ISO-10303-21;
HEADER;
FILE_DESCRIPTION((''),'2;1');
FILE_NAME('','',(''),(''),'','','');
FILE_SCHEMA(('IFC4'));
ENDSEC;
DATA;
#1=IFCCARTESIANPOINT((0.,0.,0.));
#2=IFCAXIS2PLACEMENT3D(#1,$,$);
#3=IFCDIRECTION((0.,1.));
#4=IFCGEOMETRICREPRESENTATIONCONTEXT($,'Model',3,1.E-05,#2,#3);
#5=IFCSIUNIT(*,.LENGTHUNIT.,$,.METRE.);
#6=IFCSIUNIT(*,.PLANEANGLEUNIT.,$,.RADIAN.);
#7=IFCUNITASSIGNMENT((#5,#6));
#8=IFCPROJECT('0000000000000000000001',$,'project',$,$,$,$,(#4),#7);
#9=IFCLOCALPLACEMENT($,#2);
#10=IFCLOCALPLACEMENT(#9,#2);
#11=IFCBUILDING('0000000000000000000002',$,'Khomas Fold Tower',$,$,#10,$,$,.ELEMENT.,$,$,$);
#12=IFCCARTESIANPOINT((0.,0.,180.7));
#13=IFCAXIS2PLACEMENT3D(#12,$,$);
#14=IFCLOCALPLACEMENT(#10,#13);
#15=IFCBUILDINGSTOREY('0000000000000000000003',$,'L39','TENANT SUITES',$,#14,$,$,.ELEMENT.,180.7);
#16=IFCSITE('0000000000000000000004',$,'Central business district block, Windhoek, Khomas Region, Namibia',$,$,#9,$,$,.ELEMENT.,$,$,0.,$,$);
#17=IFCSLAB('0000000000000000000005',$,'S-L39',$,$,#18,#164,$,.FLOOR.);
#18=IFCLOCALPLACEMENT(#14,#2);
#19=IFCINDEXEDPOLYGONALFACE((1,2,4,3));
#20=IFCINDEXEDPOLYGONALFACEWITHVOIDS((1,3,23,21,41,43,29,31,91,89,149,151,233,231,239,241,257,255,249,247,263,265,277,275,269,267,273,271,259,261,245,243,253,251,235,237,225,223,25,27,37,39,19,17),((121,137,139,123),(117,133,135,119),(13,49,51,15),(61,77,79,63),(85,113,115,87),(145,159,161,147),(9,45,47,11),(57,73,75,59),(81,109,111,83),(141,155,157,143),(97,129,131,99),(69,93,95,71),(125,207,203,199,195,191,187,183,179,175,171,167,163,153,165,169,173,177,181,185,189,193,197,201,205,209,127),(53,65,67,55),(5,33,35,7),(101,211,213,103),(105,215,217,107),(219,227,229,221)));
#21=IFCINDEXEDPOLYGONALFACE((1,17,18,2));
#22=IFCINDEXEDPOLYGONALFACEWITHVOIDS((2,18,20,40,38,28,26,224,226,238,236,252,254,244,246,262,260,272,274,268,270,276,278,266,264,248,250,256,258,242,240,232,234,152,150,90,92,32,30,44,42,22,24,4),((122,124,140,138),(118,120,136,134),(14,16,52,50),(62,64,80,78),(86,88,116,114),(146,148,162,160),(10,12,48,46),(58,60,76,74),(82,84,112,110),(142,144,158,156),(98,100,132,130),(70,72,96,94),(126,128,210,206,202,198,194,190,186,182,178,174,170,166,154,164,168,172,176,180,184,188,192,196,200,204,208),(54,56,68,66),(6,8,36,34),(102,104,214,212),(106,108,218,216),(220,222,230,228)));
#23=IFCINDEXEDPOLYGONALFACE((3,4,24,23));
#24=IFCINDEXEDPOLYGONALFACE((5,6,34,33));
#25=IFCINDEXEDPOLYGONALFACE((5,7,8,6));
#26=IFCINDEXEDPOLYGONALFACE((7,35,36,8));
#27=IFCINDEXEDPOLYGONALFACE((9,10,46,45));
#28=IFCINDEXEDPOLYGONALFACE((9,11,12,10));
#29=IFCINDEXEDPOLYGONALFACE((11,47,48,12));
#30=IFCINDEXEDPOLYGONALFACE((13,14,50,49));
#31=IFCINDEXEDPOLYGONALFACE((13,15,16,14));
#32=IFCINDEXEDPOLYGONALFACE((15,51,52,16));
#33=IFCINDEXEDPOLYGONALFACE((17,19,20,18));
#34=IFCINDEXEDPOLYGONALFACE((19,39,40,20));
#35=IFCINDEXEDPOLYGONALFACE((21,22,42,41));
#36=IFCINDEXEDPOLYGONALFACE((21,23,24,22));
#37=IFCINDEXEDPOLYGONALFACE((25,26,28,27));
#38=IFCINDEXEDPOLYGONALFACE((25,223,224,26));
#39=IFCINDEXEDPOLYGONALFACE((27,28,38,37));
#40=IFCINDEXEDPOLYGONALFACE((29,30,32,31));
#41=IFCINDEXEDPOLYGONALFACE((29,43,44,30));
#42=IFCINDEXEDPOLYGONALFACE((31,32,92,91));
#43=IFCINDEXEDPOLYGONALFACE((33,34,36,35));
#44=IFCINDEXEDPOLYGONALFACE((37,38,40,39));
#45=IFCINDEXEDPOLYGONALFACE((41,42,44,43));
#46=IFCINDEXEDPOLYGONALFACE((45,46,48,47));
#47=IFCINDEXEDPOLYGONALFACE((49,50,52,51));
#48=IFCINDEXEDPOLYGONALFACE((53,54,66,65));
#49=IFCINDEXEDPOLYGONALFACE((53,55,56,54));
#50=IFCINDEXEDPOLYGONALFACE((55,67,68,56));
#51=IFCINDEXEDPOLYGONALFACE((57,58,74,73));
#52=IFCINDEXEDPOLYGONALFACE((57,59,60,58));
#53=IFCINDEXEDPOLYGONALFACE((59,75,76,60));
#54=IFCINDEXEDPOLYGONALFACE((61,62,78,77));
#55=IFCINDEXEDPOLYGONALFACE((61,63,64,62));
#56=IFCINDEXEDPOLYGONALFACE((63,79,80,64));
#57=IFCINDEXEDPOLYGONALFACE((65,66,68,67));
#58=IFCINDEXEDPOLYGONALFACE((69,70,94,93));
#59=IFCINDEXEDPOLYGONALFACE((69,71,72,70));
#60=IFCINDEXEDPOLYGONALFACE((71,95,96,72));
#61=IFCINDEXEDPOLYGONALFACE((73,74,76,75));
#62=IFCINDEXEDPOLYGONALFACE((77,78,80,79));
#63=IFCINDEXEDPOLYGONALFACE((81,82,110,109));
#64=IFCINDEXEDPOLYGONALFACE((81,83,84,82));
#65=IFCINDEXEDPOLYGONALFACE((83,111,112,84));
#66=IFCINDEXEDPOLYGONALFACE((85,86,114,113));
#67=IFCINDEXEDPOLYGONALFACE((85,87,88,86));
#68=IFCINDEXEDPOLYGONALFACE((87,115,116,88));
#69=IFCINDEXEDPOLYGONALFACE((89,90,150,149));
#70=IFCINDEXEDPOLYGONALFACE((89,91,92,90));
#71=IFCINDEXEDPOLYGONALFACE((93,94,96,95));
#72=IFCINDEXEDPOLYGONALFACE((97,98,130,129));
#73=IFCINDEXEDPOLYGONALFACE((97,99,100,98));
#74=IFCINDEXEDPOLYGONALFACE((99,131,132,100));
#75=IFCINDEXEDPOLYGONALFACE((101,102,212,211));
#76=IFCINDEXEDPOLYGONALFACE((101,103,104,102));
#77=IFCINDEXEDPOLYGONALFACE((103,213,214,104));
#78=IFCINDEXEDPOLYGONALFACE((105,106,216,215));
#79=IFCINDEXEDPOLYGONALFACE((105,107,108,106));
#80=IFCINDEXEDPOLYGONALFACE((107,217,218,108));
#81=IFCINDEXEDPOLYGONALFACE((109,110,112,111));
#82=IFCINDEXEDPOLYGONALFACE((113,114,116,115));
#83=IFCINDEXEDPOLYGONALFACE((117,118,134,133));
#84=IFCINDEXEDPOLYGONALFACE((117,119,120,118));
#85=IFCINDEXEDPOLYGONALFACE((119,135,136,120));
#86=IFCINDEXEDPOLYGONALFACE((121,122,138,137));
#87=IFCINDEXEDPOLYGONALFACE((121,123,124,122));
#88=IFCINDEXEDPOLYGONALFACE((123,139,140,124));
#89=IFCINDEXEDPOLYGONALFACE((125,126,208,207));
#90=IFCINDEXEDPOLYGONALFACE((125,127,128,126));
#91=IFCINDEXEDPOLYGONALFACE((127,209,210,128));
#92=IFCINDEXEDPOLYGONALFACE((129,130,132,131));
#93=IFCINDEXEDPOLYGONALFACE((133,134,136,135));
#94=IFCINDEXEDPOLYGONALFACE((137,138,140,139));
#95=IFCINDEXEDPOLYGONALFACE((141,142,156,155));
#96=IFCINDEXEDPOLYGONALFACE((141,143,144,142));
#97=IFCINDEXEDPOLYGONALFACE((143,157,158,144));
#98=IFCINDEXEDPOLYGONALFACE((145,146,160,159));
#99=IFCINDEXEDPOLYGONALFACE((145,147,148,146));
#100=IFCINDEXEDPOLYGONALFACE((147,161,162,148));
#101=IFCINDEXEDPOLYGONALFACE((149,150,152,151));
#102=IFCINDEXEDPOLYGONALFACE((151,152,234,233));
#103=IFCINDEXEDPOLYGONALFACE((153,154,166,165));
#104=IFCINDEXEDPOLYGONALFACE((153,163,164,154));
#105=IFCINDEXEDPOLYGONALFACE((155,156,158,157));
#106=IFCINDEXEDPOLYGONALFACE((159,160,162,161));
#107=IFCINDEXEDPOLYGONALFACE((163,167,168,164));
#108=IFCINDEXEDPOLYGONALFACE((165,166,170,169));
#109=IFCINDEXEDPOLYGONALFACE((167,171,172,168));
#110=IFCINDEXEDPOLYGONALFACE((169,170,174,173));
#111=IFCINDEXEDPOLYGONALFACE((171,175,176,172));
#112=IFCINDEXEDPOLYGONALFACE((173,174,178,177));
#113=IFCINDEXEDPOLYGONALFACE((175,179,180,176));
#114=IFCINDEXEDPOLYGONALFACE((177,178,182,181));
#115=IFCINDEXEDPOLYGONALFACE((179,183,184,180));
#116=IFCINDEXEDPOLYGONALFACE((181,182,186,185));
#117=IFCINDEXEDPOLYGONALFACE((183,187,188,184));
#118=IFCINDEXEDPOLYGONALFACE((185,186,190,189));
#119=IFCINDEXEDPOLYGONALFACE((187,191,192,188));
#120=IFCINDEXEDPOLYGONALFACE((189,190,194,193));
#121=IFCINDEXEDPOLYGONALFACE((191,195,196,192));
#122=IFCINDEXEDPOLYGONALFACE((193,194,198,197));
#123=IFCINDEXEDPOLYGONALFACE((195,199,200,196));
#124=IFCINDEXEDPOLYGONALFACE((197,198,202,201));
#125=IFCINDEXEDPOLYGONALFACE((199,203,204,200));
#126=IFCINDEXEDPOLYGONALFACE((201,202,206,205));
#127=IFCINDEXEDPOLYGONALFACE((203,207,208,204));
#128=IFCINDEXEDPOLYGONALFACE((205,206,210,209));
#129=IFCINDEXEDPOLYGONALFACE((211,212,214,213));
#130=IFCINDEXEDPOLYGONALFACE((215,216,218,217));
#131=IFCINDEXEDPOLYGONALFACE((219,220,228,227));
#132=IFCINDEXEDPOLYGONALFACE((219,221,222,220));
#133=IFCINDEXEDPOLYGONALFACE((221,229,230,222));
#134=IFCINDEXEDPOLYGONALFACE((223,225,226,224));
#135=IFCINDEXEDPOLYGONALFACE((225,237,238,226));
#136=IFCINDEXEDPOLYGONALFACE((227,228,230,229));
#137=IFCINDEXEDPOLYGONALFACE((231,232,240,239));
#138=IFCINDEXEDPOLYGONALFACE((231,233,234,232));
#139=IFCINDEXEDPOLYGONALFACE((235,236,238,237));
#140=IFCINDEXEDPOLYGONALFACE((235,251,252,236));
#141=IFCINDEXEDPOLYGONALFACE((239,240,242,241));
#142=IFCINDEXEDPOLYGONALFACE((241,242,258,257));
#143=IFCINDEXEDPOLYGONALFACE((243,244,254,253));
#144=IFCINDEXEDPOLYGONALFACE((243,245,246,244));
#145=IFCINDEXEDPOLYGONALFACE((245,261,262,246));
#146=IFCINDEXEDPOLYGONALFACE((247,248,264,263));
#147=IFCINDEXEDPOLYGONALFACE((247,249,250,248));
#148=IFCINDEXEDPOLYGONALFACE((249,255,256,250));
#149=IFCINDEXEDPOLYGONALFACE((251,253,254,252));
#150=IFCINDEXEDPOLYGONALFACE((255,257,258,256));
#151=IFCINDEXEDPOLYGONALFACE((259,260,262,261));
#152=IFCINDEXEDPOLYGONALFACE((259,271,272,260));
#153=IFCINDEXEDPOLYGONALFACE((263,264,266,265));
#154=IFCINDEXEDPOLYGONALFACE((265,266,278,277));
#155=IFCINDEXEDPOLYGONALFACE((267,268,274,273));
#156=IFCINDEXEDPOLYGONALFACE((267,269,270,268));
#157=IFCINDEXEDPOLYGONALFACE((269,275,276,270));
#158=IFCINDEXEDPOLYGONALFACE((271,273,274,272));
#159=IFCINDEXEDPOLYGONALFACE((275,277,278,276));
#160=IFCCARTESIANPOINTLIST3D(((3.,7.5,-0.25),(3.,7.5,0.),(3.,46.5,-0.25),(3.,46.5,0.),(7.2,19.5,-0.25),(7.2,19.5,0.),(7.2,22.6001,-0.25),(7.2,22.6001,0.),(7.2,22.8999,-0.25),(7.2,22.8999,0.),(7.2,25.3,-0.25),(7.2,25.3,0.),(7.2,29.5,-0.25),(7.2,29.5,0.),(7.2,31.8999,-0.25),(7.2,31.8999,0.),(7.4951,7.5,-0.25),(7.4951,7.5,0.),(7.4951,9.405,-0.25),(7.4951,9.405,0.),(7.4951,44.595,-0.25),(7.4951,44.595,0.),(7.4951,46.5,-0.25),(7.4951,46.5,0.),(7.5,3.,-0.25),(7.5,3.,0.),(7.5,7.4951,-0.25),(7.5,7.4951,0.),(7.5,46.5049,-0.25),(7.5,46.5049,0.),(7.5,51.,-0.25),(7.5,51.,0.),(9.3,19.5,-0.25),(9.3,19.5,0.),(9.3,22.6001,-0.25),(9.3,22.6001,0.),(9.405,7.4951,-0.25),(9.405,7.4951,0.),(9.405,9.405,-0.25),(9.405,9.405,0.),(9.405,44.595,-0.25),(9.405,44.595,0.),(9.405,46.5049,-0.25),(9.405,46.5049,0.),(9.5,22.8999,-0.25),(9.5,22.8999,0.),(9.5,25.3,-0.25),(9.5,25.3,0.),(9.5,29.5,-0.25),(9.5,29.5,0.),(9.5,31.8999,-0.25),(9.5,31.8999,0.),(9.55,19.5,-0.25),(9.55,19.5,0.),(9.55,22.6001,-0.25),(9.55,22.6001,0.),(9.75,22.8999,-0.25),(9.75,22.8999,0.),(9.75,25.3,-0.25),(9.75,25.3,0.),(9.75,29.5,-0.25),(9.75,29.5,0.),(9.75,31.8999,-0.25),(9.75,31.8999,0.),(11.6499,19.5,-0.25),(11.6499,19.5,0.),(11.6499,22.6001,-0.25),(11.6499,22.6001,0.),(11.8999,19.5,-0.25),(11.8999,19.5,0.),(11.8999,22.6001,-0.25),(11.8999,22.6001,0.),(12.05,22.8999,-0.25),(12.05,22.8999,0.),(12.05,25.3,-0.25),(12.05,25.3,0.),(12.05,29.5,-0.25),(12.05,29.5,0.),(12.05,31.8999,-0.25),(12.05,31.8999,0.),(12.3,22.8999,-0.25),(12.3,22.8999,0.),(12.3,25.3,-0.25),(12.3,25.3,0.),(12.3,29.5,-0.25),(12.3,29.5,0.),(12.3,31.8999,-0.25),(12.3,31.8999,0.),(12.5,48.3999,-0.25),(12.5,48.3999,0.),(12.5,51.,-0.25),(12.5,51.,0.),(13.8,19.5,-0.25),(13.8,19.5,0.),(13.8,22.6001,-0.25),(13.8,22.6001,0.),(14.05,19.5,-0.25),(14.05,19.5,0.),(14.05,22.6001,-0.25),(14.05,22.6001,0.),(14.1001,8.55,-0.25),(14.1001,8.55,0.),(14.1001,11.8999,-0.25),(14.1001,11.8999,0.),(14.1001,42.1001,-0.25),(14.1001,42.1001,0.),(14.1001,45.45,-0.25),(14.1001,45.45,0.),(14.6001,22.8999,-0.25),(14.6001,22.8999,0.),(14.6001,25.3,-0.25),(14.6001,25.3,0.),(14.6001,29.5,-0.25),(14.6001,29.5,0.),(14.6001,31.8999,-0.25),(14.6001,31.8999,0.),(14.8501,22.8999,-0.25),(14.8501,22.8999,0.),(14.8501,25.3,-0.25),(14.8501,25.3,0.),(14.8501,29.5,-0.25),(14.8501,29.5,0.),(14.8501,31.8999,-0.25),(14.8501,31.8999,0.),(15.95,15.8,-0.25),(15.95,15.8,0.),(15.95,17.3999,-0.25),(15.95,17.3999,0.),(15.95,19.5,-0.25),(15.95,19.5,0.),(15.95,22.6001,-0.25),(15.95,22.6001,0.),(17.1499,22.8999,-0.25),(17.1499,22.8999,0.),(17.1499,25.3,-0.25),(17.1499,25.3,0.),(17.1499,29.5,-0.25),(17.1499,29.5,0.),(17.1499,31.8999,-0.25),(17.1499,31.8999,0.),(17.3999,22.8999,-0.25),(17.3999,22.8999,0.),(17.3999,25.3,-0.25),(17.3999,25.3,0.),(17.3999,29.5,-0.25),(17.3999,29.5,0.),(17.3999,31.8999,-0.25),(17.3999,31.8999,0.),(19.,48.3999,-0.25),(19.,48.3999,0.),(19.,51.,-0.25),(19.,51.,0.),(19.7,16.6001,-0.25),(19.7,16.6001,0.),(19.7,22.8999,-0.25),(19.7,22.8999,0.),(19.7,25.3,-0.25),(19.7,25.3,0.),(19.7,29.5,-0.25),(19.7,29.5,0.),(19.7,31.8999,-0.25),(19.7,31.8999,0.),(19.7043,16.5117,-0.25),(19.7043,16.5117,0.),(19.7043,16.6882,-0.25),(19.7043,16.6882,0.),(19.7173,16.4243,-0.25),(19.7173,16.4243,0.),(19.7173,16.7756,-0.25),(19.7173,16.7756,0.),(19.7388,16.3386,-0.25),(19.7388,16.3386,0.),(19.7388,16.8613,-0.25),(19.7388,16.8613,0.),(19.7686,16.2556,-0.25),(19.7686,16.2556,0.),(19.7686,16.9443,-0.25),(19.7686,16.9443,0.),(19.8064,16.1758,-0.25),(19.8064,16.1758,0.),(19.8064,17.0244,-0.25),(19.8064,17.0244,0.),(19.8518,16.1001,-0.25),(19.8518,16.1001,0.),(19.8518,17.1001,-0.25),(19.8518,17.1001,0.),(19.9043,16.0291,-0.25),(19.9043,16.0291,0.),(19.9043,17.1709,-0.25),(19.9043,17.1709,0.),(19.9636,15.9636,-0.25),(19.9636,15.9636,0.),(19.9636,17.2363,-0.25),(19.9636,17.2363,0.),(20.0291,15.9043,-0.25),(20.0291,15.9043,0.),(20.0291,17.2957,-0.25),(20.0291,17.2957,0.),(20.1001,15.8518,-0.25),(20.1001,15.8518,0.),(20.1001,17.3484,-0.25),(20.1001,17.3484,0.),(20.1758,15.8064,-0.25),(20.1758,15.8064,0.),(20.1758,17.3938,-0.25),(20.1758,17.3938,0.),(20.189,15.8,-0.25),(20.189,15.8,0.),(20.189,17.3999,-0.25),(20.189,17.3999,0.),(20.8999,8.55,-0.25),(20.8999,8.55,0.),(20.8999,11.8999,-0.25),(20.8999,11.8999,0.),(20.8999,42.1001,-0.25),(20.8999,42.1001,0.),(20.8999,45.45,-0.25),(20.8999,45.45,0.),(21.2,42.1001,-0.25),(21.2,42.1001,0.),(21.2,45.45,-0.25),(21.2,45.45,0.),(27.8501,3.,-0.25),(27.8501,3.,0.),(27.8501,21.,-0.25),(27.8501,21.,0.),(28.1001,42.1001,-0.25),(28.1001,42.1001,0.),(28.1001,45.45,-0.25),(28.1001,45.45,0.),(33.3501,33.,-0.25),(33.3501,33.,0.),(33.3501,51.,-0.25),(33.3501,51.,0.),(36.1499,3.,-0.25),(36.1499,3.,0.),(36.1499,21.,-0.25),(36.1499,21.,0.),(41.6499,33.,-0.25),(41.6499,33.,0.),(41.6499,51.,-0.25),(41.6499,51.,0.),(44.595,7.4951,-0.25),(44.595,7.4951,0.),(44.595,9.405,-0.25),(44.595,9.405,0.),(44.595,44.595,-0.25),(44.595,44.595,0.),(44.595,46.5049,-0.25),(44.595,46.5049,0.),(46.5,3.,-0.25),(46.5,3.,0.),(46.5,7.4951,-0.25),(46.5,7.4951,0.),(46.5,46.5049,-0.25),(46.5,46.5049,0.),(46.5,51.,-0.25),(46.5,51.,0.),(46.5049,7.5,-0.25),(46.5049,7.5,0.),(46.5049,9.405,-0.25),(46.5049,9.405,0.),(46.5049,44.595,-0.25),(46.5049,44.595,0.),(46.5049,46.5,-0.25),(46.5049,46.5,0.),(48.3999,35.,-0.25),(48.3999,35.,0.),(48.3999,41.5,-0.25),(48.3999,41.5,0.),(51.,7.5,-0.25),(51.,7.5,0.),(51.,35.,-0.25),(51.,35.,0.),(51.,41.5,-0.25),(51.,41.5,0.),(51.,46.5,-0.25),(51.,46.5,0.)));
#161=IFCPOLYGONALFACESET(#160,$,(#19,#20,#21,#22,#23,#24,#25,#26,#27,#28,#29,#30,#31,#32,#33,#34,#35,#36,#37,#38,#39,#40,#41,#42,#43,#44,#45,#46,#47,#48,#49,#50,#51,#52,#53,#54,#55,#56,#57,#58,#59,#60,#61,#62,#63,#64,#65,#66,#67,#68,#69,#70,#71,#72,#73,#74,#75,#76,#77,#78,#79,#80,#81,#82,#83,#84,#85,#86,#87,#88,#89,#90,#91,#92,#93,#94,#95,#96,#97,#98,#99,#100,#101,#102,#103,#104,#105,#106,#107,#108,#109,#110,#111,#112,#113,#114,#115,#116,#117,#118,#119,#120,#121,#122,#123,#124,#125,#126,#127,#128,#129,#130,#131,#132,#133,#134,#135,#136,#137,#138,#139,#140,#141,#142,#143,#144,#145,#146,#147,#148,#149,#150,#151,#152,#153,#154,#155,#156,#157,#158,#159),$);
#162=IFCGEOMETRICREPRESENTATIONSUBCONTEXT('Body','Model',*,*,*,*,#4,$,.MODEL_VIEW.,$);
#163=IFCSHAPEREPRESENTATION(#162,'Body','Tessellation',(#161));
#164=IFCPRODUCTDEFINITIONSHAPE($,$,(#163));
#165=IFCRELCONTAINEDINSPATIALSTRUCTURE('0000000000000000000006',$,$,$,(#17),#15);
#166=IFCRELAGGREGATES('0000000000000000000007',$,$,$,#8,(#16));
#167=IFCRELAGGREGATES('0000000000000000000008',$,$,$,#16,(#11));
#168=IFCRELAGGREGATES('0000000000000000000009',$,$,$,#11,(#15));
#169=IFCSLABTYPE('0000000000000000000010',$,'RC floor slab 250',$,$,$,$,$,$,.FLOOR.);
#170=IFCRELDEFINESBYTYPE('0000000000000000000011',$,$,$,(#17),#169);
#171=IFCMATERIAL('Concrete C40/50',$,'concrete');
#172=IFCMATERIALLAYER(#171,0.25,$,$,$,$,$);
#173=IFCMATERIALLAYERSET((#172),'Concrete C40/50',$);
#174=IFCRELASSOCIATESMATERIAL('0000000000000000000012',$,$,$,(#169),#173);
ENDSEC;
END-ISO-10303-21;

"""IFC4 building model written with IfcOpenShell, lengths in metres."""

from ifc_helpers import new_model, si_unit, direction, frame, origin, place, context, subcontext, project, spatial, polyline, outline, extrude, source, transform, mapped, material, layer, layer_set, type_object, element, save


model = new_model("IFC4")

# Units and contexts
model_context = context("Model", 3, precision=1e-05, world=origin(), true_north=direction((0.0, 1.0)))
body_context = subcontext(model_context, "Body", "Model", "MODEL_VIEW")
ifc_project = project(units=[si_unit("LENGTHUNIT", "METRE"), si_unit("PLANEANGLEUNIT", "RADIAN")], contexts=[model_context])

# Site, building, storey
site_placement = place(None, origin())
site = spatial("IfcSite", under=ifc_project, at=site_placement, Name="Central business district block, Windhoek, Khomas Region, Namibia", CompositionType="ELEMENT", RefElevation=0.0)
building_placement = place(site_placement, origin())
building = spatial("IfcBuilding", under=site, at=building_placement, Name="Khomas Fold Tower", CompositionType="ELEMENT")
storey_placement = place(building_placement, frame((0.0, 0.0, 180.7)))
storey = spatial("IfcBuildingStorey", under=building, at=storey_placement, Name="L39", Description="TENANT SUITES", CompositionType="ELEMENT", Elevation=180.7)

# Slab
ifc_material_1 = material(Name="Concrete C40/50", Category="concrete")
ifc_layer_1 = layer(ifc_material_1, 0.25)
ifc_layer_set_1 = layer_set([ifc_layer_1], Name="Concrete C40/50")
slab_type_1 = type_object("IfcSlabType", Name="RC floor slab 250", PredefinedType="FLOOR", material=ifc_layer_set_1)
shared_shape_1 = source(origin(), body_context, "Body", "SweptSolid", [
    extrude(outline(polyline([(3.0, 7.5), (7.4951, 7.5), (7.4951, 9.405), (9.405, 9.405), (9.405, 7.4951), (7.5, 7.4951), (7.5, 3.0), (27.8501, 3.0), (27.8501, 21.0), (36.1499, 21.0), (36.1499, 3.0), (46.5, 3.0), (46.5, 7.4951), (44.595, 7.4951), (44.595, 9.405), (46.5049, 9.405), (46.5049, 7.5), (51.0, 7.5), (51.0, 35.0), (48.3999, 35.0), (48.3999, 41.5), (51.0, 41.5), (51.0, 46.5), (46.5049, 46.5), (46.5049, 44.595), (44.595, 44.595), (44.595, 46.5049), (46.5, 46.5049), (46.5, 51.0), (41.6499, 51.0), (41.6499, 33.0), (33.3501, 33.0), (33.3501, 51.0), (19.0, 51.0), (19.0, 48.3999), (12.5, 48.3999), (12.5, 51.0), (7.5, 51.0), (7.5, 46.5049), (9.405, 46.5049), (9.405, 44.595), (7.4951, 44.595), (7.4951, 46.5), (3.0, 46.5), (3.0, 7.5)]), holes=[polyline([(7.2, 19.5), (7.2, 22.6001), (9.3, 22.6001), (9.3, 19.5), (7.2, 19.5)]), polyline([(7.2, 22.8999), (7.2, 25.3), (9.5, 25.3), (9.5, 22.8999), (7.2, 22.8999)]), polyline([(7.2, 29.5), (7.2, 31.8999), (9.5, 31.8999), (9.5, 29.5), (7.2, 29.5)]), polyline([(9.55, 19.5), (9.55, 22.6001), (11.6499, 22.6001), (11.6499, 19.5), (9.55, 19.5)]), polyline([(9.75, 22.8999), (9.75, 25.3), (12.05, 25.3), (12.05, 22.8999), (9.75, 22.8999)]), polyline([(9.75, 29.5), (9.75, 31.8999), (12.05, 31.8999), (12.05, 29.5), (9.75, 29.5)]), polyline([(11.8999, 19.5), (11.8999, 22.6001), (13.8, 22.6001), (13.8, 19.5), (11.8999, 19.5)]), polyline([(12.3, 22.8999), (12.3, 25.3), (14.6001, 25.3), (14.6001, 22.8999), (12.3, 22.8999)]), polyline([(12.3, 29.5), (12.3, 31.8999), (14.6001, 31.8999), (14.6001, 29.5), (12.3, 29.5)]), polyline([(14.05, 19.5), (14.05, 22.6001), (15.95, 22.6001), (15.95, 19.5), (14.05, 19.5)]), polyline([(14.1001, 8.55), (14.1001, 11.8999), (20.8999, 11.8999), (20.8999, 8.55), (14.1001, 8.55)]), polyline([(14.1001, 42.1001), (14.1001, 45.45), (20.8999, 45.45), (20.8999, 42.1001), (14.1001, 42.1001)]), polyline([(14.8501, 22.8999), (14.8501, 25.3), (17.1499, 25.3), (17.1499, 22.8999), (14.8501, 22.8999)]), polyline([(14.8501, 29.5), (14.8501, 31.8999), (17.1499, 31.8999), (17.1499, 29.5), (14.8501, 29.5)]), polyline([(15.95, 15.8), (15.95, 17.3999), (20.189, 17.3999), (20.1758, 17.3938), (20.1001, 17.3484), (20.0291, 17.2957), (19.9636, 17.2363), (19.9043, 17.1709), (19.8518, 17.1001), (19.8064, 17.0244), (19.7686, 16.9443), (19.7388, 16.8613), (19.7173, 16.7756), (19.7043, 16.6882), (19.7, 16.6001), (19.7043, 16.5117), (19.7173, 16.4243), (19.7388, 16.3386), (19.7686, 16.2556), (19.8064, 16.1758), (19.8518, 16.1001), (19.9043, 16.0291), (19.9636, 15.9636), (20.0291, 15.9043), (20.1001, 15.8518), (20.1758, 15.8064), (20.189, 15.8), (15.95, 15.8)]), polyline([(17.3999, 22.8999), (17.3999, 25.3), (19.7, 25.3), (19.7, 22.8999), (17.3999, 22.8999)]), polyline([(17.3999, 29.5), (17.3999, 31.8999), (19.7, 31.8999), (19.7, 29.5), (17.3999, 29.5)]), polyline([(21.2, 42.1001), (21.2, 45.45), (28.1001, 45.45), (28.1001, 42.1001), (21.2, 42.1001)])]), origin(), (0.0, 0.0, 1.0), 0.25),
])
slab_1_placement = place(storey_placement, frame((0.0, 0.0, -0.25)))
element("IfcSlab", 1, at=slab_1_placement, inside=storey, type_object=slab_type_1, Name="S-L39", PredefinedType="FLOOR", context=body_context, shape_type="MappedRepresentation", body=[
    mapped(shared_shape_1, transform((0.0, 0.0, 0.0))),
])

save(model, "model.ifc")
